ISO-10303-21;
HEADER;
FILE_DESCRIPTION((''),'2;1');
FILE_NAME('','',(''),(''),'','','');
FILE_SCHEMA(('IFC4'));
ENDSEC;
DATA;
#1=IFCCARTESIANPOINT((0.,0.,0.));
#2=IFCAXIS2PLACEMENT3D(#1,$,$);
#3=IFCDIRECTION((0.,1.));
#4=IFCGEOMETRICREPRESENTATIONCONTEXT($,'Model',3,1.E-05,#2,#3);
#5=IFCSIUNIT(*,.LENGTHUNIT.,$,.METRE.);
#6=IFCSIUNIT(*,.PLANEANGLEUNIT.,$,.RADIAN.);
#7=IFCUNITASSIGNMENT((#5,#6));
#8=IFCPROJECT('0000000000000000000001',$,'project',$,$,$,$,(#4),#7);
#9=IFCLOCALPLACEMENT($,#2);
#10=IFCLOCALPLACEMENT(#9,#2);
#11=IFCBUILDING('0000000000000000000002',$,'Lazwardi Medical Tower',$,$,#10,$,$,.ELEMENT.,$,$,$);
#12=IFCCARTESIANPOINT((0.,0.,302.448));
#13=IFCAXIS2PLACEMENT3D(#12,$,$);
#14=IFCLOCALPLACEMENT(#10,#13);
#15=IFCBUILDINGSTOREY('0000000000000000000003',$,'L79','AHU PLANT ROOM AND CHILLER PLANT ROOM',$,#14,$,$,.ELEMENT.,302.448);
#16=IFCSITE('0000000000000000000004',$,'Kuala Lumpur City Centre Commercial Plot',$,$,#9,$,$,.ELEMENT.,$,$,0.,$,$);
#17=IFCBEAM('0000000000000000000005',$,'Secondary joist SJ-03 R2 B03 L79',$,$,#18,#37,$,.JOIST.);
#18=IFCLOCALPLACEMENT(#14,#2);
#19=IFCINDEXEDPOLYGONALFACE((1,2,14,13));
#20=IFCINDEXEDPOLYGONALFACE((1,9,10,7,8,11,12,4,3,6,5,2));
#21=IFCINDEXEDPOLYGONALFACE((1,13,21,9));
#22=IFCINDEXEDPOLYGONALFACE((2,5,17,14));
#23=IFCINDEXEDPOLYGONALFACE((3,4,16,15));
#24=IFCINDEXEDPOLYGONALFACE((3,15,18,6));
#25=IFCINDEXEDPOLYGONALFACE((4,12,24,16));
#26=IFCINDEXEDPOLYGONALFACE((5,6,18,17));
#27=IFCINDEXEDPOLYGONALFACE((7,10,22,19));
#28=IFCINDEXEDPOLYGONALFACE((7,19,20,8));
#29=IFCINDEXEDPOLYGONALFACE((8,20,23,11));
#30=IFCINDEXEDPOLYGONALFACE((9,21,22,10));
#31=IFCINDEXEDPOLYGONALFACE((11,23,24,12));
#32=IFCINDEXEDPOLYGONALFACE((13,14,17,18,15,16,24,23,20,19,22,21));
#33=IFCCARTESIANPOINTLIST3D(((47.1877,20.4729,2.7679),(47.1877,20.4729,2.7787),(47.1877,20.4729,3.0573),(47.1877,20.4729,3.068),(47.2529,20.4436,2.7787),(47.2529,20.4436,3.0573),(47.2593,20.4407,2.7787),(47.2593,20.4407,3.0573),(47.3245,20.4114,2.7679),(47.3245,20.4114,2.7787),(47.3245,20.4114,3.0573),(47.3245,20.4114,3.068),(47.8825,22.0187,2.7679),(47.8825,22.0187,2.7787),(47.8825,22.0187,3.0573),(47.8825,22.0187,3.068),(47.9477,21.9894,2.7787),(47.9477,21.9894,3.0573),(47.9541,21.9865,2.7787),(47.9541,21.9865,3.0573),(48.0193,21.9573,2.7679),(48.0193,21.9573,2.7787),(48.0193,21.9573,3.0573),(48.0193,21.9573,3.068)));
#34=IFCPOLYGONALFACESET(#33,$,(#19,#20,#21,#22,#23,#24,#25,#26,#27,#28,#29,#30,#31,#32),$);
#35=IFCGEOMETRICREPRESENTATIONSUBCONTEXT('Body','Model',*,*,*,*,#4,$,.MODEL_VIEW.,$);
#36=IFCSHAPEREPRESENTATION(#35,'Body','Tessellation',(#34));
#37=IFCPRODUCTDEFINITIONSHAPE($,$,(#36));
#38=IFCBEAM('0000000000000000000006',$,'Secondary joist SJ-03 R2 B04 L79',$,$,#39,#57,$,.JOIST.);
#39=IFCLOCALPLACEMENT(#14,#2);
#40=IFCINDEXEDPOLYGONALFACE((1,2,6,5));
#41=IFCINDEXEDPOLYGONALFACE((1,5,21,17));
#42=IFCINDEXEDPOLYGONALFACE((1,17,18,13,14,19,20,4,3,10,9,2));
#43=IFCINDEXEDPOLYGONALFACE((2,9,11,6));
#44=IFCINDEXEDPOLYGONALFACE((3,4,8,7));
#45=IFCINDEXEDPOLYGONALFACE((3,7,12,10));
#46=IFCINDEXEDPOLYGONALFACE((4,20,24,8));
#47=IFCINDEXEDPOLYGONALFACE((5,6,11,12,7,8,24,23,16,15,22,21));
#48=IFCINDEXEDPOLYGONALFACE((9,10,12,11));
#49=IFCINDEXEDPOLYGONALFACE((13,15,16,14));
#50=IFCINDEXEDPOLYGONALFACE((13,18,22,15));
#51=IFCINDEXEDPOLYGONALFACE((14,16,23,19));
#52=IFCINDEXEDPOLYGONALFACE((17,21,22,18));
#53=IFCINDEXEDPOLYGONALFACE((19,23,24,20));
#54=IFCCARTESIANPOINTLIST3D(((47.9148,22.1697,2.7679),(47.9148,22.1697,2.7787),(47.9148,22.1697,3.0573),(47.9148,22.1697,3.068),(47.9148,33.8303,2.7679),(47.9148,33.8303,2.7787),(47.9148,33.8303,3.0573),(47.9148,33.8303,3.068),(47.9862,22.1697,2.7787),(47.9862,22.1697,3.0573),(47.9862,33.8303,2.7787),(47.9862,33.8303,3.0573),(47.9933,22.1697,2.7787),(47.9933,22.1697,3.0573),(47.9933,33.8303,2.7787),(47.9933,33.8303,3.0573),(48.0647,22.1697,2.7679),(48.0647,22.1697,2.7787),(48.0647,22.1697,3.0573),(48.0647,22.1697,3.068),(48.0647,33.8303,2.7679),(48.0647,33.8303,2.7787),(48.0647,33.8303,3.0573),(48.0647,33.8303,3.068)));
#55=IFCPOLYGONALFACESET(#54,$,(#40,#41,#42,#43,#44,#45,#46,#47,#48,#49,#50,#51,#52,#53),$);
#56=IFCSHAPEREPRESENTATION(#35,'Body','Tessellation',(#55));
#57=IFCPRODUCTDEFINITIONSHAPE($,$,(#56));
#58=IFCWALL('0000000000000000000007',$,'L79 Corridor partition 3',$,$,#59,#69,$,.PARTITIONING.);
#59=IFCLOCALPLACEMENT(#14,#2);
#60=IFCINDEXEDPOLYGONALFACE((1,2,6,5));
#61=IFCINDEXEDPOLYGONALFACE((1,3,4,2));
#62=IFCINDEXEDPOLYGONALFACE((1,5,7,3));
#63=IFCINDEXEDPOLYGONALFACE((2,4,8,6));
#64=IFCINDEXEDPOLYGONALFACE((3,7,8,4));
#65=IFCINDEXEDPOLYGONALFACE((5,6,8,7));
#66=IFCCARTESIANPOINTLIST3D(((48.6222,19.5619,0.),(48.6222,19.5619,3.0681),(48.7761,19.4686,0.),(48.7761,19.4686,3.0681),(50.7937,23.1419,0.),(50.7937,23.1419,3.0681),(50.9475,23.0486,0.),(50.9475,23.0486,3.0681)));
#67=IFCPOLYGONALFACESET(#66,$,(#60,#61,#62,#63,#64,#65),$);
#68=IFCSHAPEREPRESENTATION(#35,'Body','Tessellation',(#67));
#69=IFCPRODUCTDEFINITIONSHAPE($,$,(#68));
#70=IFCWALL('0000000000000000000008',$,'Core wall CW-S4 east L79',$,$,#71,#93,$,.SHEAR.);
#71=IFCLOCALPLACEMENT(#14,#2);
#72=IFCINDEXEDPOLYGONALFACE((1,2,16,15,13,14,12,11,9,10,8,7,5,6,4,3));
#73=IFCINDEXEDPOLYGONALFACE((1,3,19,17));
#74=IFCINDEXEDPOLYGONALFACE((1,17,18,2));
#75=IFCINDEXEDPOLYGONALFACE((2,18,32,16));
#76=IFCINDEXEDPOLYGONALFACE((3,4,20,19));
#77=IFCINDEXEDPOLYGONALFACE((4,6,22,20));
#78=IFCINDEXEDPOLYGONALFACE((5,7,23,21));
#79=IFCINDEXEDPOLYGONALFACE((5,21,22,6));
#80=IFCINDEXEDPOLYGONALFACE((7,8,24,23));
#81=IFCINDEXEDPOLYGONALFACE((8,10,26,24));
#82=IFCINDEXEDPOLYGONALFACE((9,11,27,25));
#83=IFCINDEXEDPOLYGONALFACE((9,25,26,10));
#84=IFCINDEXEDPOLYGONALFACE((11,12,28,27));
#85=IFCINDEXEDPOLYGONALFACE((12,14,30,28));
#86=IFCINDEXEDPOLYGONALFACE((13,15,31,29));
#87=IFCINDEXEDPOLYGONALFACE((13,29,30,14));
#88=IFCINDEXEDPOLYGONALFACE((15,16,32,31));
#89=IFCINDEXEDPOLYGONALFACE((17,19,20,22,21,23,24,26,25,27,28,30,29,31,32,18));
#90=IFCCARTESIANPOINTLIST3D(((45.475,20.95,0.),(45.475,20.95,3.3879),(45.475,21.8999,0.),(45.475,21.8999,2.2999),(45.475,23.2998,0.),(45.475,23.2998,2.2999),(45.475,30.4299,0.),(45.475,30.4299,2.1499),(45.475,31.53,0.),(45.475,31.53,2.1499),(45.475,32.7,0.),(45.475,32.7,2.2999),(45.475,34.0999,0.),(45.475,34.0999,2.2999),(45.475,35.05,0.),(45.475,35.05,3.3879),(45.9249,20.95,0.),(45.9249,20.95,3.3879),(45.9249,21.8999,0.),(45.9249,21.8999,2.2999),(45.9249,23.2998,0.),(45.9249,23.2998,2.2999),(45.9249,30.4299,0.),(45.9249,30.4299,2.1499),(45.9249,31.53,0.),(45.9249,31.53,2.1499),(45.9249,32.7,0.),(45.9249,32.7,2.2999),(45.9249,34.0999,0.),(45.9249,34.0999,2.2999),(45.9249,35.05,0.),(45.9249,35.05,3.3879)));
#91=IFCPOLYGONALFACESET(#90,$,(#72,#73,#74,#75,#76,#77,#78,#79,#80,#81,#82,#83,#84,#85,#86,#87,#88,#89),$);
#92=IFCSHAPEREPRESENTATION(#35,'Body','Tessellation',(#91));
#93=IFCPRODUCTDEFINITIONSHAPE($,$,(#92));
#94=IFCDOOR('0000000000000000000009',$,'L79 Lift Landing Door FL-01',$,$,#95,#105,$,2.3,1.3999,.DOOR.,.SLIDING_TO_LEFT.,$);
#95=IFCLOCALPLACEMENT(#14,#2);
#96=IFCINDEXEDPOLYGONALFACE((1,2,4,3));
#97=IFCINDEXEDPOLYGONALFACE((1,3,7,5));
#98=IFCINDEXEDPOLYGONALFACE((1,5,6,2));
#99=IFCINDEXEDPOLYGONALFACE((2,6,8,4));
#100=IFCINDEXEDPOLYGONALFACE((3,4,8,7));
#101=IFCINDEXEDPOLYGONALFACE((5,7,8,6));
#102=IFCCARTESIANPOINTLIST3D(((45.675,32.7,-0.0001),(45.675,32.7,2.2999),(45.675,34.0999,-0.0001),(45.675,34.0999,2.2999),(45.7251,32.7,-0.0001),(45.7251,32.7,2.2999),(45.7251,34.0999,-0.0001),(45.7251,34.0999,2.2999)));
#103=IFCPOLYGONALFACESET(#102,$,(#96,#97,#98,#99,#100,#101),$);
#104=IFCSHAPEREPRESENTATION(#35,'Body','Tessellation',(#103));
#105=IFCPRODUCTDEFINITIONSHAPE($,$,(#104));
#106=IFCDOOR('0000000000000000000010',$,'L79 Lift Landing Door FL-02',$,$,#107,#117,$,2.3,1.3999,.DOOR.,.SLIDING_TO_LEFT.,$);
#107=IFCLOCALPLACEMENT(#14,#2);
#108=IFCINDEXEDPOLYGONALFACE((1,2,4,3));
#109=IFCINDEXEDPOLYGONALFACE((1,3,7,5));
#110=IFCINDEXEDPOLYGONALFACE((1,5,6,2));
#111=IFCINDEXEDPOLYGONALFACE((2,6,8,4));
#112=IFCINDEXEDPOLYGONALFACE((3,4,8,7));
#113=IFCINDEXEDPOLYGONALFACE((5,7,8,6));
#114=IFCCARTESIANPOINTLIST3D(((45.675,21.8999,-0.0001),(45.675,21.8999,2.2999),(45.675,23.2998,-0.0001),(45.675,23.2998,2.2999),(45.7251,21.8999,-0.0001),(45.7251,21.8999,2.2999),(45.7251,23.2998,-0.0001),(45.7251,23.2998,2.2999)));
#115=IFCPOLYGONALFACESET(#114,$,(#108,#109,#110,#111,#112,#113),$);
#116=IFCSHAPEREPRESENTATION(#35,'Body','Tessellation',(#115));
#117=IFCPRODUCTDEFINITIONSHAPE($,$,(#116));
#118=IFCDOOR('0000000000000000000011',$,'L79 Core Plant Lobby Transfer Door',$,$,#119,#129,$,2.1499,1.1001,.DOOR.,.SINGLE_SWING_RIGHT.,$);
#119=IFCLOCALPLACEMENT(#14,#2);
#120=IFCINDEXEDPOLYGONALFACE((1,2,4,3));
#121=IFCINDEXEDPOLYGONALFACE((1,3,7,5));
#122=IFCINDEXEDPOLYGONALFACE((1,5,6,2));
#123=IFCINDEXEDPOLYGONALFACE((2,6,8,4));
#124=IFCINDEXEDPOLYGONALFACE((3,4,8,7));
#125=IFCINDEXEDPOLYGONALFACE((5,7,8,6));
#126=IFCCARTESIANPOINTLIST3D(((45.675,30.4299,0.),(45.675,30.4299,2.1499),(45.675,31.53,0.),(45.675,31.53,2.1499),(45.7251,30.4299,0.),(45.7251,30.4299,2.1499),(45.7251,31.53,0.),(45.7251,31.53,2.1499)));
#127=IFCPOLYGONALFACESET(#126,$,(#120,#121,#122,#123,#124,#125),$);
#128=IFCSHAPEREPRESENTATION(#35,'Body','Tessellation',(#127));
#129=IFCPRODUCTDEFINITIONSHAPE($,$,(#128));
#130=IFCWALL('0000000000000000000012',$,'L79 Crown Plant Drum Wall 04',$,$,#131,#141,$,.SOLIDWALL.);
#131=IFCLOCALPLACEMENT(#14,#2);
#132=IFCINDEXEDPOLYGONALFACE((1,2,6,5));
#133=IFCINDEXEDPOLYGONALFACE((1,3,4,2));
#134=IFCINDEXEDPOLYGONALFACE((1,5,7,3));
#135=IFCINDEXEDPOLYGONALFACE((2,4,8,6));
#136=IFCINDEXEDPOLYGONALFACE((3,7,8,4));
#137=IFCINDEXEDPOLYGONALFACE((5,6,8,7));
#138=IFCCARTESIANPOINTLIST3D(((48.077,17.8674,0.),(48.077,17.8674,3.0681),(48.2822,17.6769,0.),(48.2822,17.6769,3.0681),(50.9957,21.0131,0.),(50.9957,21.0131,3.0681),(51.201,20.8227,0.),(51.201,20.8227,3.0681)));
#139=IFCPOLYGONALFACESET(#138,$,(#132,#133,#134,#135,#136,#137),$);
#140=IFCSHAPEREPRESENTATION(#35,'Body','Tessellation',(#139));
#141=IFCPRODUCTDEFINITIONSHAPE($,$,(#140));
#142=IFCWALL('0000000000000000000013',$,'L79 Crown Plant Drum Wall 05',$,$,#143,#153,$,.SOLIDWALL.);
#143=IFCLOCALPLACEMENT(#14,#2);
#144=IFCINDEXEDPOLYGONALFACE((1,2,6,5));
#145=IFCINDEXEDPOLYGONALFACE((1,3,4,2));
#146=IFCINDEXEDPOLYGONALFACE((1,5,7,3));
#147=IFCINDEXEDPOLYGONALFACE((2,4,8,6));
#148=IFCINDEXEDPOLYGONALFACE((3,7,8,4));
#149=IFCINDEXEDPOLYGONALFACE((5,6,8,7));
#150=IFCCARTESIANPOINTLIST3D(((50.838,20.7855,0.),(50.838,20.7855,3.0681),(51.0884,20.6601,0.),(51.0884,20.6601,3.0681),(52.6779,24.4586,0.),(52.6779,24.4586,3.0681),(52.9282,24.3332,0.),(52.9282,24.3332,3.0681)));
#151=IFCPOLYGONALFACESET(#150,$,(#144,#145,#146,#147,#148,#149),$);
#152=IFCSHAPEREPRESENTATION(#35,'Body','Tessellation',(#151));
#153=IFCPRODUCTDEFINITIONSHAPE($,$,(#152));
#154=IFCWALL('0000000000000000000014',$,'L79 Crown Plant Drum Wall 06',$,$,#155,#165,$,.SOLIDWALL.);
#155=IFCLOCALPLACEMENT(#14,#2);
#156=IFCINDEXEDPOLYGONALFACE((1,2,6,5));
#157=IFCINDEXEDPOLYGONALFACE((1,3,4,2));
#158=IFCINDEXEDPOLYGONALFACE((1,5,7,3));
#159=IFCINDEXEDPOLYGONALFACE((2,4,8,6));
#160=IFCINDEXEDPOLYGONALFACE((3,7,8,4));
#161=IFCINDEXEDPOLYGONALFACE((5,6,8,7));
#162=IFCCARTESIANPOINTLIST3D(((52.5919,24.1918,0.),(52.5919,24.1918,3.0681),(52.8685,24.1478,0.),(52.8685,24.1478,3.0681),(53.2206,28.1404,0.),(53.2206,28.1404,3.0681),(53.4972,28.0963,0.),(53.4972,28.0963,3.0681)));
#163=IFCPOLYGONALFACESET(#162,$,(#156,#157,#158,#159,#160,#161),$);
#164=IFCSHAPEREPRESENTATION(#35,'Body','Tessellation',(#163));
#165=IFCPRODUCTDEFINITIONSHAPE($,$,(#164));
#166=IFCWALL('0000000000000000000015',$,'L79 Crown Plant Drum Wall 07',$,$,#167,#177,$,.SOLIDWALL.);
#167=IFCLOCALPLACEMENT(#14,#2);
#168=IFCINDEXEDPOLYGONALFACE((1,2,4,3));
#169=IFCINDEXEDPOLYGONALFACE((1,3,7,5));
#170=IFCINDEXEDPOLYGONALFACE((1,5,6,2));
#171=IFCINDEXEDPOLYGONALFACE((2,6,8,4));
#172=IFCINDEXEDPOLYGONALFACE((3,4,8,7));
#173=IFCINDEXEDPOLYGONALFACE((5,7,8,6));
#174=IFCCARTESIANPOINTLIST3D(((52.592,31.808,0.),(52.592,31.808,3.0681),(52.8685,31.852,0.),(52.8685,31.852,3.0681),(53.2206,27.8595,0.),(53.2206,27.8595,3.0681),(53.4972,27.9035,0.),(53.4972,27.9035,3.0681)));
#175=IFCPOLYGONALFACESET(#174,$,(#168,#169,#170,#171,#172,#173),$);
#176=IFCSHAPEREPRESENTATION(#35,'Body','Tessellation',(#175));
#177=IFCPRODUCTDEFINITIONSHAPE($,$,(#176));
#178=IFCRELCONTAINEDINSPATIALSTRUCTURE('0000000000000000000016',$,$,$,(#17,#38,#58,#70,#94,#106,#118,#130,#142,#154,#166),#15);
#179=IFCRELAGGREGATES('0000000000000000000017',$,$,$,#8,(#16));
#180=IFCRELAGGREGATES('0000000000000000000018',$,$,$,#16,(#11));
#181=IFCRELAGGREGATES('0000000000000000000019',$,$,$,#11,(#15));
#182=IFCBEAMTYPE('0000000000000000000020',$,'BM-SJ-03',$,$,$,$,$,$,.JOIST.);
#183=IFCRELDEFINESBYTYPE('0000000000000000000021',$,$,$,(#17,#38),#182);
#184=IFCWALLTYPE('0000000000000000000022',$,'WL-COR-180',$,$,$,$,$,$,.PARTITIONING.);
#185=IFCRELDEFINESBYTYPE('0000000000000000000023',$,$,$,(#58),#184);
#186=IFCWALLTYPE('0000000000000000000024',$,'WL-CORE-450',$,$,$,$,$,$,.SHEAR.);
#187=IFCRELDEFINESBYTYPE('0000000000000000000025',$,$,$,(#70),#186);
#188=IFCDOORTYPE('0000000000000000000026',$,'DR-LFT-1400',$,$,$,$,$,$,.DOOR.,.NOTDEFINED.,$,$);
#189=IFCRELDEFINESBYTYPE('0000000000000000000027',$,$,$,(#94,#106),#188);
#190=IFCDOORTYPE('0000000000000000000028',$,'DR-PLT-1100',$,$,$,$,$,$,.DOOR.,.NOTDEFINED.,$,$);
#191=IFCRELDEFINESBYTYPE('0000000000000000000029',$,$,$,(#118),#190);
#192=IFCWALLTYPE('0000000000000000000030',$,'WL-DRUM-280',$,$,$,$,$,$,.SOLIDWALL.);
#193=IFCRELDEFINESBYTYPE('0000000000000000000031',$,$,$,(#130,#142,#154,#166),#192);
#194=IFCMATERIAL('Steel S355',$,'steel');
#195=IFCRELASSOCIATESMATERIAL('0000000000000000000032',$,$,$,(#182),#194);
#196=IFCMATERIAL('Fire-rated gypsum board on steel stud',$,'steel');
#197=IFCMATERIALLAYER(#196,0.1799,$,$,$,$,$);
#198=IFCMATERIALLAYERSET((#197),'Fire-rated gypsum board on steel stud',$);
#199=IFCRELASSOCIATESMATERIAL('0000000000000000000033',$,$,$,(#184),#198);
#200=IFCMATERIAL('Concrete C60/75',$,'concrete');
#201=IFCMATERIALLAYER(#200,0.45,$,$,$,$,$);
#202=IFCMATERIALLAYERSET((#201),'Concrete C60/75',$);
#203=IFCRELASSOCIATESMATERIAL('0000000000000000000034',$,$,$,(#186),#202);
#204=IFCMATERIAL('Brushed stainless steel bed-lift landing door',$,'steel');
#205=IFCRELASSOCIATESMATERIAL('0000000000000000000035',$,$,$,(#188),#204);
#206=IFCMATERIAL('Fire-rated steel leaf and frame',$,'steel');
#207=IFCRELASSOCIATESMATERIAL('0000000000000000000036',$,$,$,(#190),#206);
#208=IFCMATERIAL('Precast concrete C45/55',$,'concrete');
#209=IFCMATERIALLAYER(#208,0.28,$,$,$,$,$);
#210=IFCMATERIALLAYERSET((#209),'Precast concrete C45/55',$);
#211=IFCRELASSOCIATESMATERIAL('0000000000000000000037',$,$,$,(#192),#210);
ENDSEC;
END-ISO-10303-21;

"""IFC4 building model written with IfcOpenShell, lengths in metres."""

from ifc_helpers import new_model, si_unit, direction, frame, frame_2d, origin, origin_2d, place, context, subcontext, project, spatial, rectangle, i_section, extrude, material, layer, layer_set, material_profile, profile_set, type_object, element, fill, save


model = new_model("IFC4")

# Units and contexts
model_context = context("Model", 3, precision=1e-05, world=origin(), true_north=direction((0.0, 1.0)))
body_context = subcontext(model_context, "Body", "Model", "MODEL_VIEW")
ifc_project = project(units=[si_unit("LENGTHUNIT", "METRE"), si_unit("PLANEANGLEUNIT", "RADIAN")], contexts=[model_context])

# Site, building, storey
site_placement = place(None, origin())
site = spatial("IfcSite", under=ifc_project, at=site_placement, Name="Kuala Lumpur City Centre Commercial Plot", CompositionType="ELEMENT", RefElevation=0.0)
building_placement = place(site_placement, origin())
building = spatial("IfcBuilding", under=site, at=building_placement, Name="Lazwardi Medical Tower", CompositionType="ELEMENT")
storey_placement = place(building_placement, frame((0.0, 0.0, 302.448)))
storey = spatial("IfcBuildingStorey", under=building, at=storey_placement, Name="L79", Description="AHU PLANT ROOM AND CHILLER PLANT ROOM", CompositionType="ELEMENT", Elevation=302.448)

# Shared definitions
ifc_material_1 = material(Name="Concrete C60/75", Category="concrete")

# Beams
ifc_material_2 = material(Name="Steel S355", Category="steel")
ifc_material_profile_1 = material_profile(ifc_material_2, i_section(OverallWidth=0.1499, OverallDepth=0.3, WebThickness=0.0071, FlangeThickness=0.0107, at=origin_2d()), Name="IPE 300")
ifc_profile_set_1 = profile_set([ifc_material_profile_1], Name="Steel S355")
beam_type_1 = type_object("IfcBeamType", Name="BM-SJ-03", PredefinedType="JOIST", material=ifc_profile_set_1)
beam_1_placement = place(storey_placement, frame((47.2561, 20.4421, 2.918), z_axis=(0.409957, 0.912105, 0.0), x_axis=(-0.912105, 0.409957, 0.0)))
element("IfcBeam", 1, at=beam_1_placement, inside=storey, type_object=beam_type_1, Name="Secondary joist SJ-03 R2 B03 L79", PredefinedType="JOIST", context=body_context, shape_type="SweptSolid", body=[
    extrude(i_section(OverallWidth=0.1499, OverallDepth=0.3, WebThickness=0.0071, FlangeThickness=0.0107, at=origin_2d()), origin(), (0.0, 0.0, 1.0), 1.6948),
])
beam_2_placement = place(storey_placement, frame((47.9897, 22.1697, 2.918), z_axis=(0.0, 1.0, 0.0), x_axis=(-1.0, 0.0, 0.0)))
element("IfcBeam", 2, at=beam_2_placement, inside=storey, type_object=beam_type_1, Name="Secondary joist SJ-03 R2 B04 L79", PredefinedType="JOIST", context=body_context, shape_type="SweptSolid", body=[
    extrude(i_section(OverallWidth=0.1499, OverallDepth=0.3, WebThickness=0.0071, FlangeThickness=0.0107, at=origin_2d()), origin(), (0.0, 0.0, 1.0), 11.6606),
])

# Wall
ifc_material_3 = material(Name="Fire-rated gypsum board on steel stud", Category="steel")
ifc_layer_1 = layer(ifc_material_3, 0.1799)
ifc_layer_set_1 = layer_set([ifc_layer_1], Name="Fire-rated gypsum board on steel stud")
wall_type_1 = type_object("IfcWallType", Name="WL-COR-180", PredefinedType="PARTITIONING", material=ifc_layer_set_1)
wall_1_placement = place(storey_placement, frame((50.8706, 23.0952, 0.0), z_axis=(0.0, 0.0, 1.0), x_axis=(-0.518614, -0.855008, 0.0)))
element("IfcWall", 3, at=wall_1_placement, inside=storey, type_object=wall_type_1, Name="L79 Corridor partition 3", PredefinedType="PARTITIONING", context=body_context, shape_type="SweptSolid", body=[
    extrude(rectangle(XDim=4.187, YDim=0.1799, at=frame_2d((2.0935, 0.0))), origin(), (0.0, 0.0, 1.0), 3.0681),
])

# Wall, openings, doors
ifc_layer_2 = layer(ifc_material_1, 0.45)
ifc_layer_set_2 = layer_set([ifc_layer_2], Name="Concrete C60/75")
wall_type_2 = type_object("IfcWallType", Name="WL-CORE-450", PredefinedType="SHEAR", material=ifc_layer_set_2)
wall_2_placement = place(storey_placement, frame((45.7, 20.95, 0.0), z_axis=(0.0, 0.0, 1.0), x_axis=(0.0, 1.0, 0.0)))
wall_2 = element("IfcWall", 4, at=wall_2_placement, inside=storey, type_object=wall_type_2, Name="Core wall CW-S4 east L79", PredefinedType="SHEAR", context=body_context, shape_type="SweptSolid", body=[
    extrude(rectangle(XDim=14.1001, YDim=0.45, at=frame_2d((7.05, 0.0))), origin(), (0.0, 0.0, 1.0), 3.3879),
])
opening_1_placement = place(wall_2_placement, frame((11.75, 0.0, 0.0)))
opening_1 = element("IfcOpeningElement", 5, at=opening_1_placement, cuts=wall_2, PredefinedType="OPENING", context=body_context, shape_type="SweptSolid", body=[
    extrude(rectangle(XDim=1.3999, YDim=2.3, at=frame_2d((0.7, 1.1499))), frame((0.0, 0.2349, 0.0), z_axis=(0.0, -1.0, 0.0), x_axis=(1.0, 0.0, 0.0)), (0.0, 0.0, 1.0), 0.47),
])
opening_2_placement = place(wall_2_placement, frame((0.95, 0.0, 0.0)))
opening_2 = element("IfcOpeningElement", 6, at=opening_2_placement, cuts=wall_2, PredefinedType="OPENING", context=body_context, shape_type="SweptSolid", body=[
    extrude(rectangle(XDim=1.3999, YDim=2.3, at=frame_2d((0.7, 1.1499))), frame((0.0, 0.2349, 0.0), z_axis=(0.0, -1.0, 0.0), x_axis=(1.0, 0.0, 0.0)), (0.0, 0.0, 1.0), 0.47),
])
opening_3_placement = place(wall_2_placement, frame((9.48, 0.0, 0.0)))
opening_3 = element("IfcOpeningElement", 7, at=opening_3_placement, cuts=wall_2, PredefinedType="OPENING", context=body_context, shape_type="SweptSolid", body=[
    extrude(rectangle(XDim=1.1001, YDim=2.1499, at=frame_2d((0.55, 1.075))), frame((0.0, 0.2349, 0.0), z_axis=(0.0, -1.0, 0.0), x_axis=(1.0, 0.0, 0.0)), (0.0, 0.0, 1.0), 0.47),
])
ifc_material_4 = material(Name="Brushed stainless steel bed-lift landing door", Category="steel")
door_type_1 = type_object("IfcDoorType", Name="DR-LFT-1400", OperationType="NOTDEFINED", PredefinedType="DOOR", material=ifc_material_4)
door_1_placement = place(opening_1_placement, origin())
door_1 = element("IfcDoor", 8, at=door_1_placement, inside=storey, type_object=door_type_1, Name="L79 Lift Landing Door FL-01", OperationType="SLIDING_TO_LEFT", OverallHeight=2.3, OverallWidth=1.3999, PredefinedType="DOOR", context=body_context, shape_type="SweptSolid", body=[
    extrude(rectangle(XDim=1.3999, YDim=2.3, at=frame_2d((0.7, 1.1499))), frame((0.0, 0.0249, 0.0), z_axis=(0.0, -1.0, 0.0), x_axis=(1.0, 0.0, 0.0)), (0.0, 0.0, 1.0), 0.05),
])
fill(opening_1, door_1)
door_2_placement = place(opening_2_placement, origin())
door_2 = element("IfcDoor", 9, at=door_2_placement, inside=storey, type_object=door_type_1, Name="L79 Lift Landing Door FL-02", OperationType="SLIDING_TO_LEFT", OverallHeight=2.3, OverallWidth=1.3999, PredefinedType="DOOR", context=body_context, shape_type="SweptSolid", body=[
    extrude(rectangle(XDim=1.3999, YDim=2.3, at=frame_2d((0.7, 1.1499))), frame((0.0, 0.0249, 0.0), z_axis=(0.0, -1.0, 0.0), x_axis=(1.0, 0.0, 0.0)), (0.0, 0.0, 1.0), 0.05),
])
fill(opening_2, door_2)
ifc_material_5 = material(Name="Fire-rated steel leaf and frame", Category="steel")
door_type_2 = type_object("IfcDoorType", Name="DR-PLT-1100", OperationType="NOTDEFINED", PredefinedType="DOOR", material=ifc_material_5)
door_3_placement = place(opening_3_placement, origin())
door_3 = element("IfcDoor", 10, at=door_3_placement, inside=storey, type_object=door_type_2, Name="L79 Core Plant Lobby Transfer Door", OperationType="SINGLE_SWING_RIGHT", OverallHeight=2.1499, OverallWidth=1.1001, PredefinedType="DOOR", context=body_context, shape_type="SweptSolid", body=[
    extrude(rectangle(XDim=1.1001, YDim=2.1499, at=frame_2d((0.55, 1.075))), frame((0.0, 0.0249, 0.0), z_axis=(0.0, -1.0, 0.0), x_axis=(1.0, 0.0, 0.0)), (0.0, 0.0, 1.0), 0.05),
])
fill(opening_3, door_3)

# Walls
ifc_material_6 = material(Name="Precast concrete C45/55", Category="concrete")
ifc_layer_3 = layer(ifc_material_6, 0.28)
ifc_layer_set_3 = layer_set([ifc_layer_3], Name="Precast concrete C45/55")
wall_type_3 = type_object("IfcWallType", Name="WL-DRUM-280", PredefinedType="SOLIDWALL", material=ifc_layer_set_3)
wall_3_placement = place(storey_placement, frame((48.1797, 17.7722, 0.0), z_axis=(0.0, 0.0, 1.0), x_axis=(0.680156, 0.733067, 0.0)))
element("IfcWall", 11, at=wall_3_placement, inside=storey, type_object=wall_type_3, Name="L79 Crown Plant Drum Wall 04", PredefinedType="SOLIDWALL", context=body_context, shape_type="SweptSolid", body=[
    extrude(rectangle(XDim=4.2913, YDim=0.28, at=frame_2d((2.1455, 0.0))), origin(), (0.0, 0.0, 1.0), 3.0681),
])
wall_4_placement = place(storey_placement, frame((50.9631, 20.7227, 0.0), z_axis=(0.0, 0.0, 1.0), x_axis=(0.447855, 0.894106, 0.0)))
element("IfcWall", 12, at=wall_4_placement, inside=storey, type_object=wall_type_3, Name="L79 Crown Plant Drum Wall 05", PredefinedType="SOLIDWALL", context=body_context, shape_type="SweptSolid", body=[
    extrude(rectangle(XDim=4.1082, YDim=0.28, at=frame_2d((2.0542, 0.0))), origin(), (0.0, 0.0, 1.0), 3.0681),
])
for number, where, z_axis, x_axis, name in (
    (13, (52.7302, 24.1699, 0.0), (0.0, 0.0, 1.0), (0.157236, 0.987561, 0.0), "L79 Crown Plant Drum Wall 06"),
    (14, (53.3589, 27.8816, 0.0), (0.0, 0.0, 1.0), (-0.157236, 0.987561, 0.0), "L79 Crown Plant Drum Wall 07"),
):
    element("IfcWall", number, at=place(storey_placement, frame(where, z_axis=z_axis, x_axis=x_axis)), inside=storey, type_object=wall_type_3, Name=name, PredefinedType="SOLIDWALL", context=body_context, shape_type="SweptSolid", body=[
        extrude(rectangle(XDim=3.9983, YDim=0.28, at=frame_2d((1.999, 0.0))), origin(), (0.0, 0.0, 1.0), 3.0681),
    ])

save(model, "model.ifc")
